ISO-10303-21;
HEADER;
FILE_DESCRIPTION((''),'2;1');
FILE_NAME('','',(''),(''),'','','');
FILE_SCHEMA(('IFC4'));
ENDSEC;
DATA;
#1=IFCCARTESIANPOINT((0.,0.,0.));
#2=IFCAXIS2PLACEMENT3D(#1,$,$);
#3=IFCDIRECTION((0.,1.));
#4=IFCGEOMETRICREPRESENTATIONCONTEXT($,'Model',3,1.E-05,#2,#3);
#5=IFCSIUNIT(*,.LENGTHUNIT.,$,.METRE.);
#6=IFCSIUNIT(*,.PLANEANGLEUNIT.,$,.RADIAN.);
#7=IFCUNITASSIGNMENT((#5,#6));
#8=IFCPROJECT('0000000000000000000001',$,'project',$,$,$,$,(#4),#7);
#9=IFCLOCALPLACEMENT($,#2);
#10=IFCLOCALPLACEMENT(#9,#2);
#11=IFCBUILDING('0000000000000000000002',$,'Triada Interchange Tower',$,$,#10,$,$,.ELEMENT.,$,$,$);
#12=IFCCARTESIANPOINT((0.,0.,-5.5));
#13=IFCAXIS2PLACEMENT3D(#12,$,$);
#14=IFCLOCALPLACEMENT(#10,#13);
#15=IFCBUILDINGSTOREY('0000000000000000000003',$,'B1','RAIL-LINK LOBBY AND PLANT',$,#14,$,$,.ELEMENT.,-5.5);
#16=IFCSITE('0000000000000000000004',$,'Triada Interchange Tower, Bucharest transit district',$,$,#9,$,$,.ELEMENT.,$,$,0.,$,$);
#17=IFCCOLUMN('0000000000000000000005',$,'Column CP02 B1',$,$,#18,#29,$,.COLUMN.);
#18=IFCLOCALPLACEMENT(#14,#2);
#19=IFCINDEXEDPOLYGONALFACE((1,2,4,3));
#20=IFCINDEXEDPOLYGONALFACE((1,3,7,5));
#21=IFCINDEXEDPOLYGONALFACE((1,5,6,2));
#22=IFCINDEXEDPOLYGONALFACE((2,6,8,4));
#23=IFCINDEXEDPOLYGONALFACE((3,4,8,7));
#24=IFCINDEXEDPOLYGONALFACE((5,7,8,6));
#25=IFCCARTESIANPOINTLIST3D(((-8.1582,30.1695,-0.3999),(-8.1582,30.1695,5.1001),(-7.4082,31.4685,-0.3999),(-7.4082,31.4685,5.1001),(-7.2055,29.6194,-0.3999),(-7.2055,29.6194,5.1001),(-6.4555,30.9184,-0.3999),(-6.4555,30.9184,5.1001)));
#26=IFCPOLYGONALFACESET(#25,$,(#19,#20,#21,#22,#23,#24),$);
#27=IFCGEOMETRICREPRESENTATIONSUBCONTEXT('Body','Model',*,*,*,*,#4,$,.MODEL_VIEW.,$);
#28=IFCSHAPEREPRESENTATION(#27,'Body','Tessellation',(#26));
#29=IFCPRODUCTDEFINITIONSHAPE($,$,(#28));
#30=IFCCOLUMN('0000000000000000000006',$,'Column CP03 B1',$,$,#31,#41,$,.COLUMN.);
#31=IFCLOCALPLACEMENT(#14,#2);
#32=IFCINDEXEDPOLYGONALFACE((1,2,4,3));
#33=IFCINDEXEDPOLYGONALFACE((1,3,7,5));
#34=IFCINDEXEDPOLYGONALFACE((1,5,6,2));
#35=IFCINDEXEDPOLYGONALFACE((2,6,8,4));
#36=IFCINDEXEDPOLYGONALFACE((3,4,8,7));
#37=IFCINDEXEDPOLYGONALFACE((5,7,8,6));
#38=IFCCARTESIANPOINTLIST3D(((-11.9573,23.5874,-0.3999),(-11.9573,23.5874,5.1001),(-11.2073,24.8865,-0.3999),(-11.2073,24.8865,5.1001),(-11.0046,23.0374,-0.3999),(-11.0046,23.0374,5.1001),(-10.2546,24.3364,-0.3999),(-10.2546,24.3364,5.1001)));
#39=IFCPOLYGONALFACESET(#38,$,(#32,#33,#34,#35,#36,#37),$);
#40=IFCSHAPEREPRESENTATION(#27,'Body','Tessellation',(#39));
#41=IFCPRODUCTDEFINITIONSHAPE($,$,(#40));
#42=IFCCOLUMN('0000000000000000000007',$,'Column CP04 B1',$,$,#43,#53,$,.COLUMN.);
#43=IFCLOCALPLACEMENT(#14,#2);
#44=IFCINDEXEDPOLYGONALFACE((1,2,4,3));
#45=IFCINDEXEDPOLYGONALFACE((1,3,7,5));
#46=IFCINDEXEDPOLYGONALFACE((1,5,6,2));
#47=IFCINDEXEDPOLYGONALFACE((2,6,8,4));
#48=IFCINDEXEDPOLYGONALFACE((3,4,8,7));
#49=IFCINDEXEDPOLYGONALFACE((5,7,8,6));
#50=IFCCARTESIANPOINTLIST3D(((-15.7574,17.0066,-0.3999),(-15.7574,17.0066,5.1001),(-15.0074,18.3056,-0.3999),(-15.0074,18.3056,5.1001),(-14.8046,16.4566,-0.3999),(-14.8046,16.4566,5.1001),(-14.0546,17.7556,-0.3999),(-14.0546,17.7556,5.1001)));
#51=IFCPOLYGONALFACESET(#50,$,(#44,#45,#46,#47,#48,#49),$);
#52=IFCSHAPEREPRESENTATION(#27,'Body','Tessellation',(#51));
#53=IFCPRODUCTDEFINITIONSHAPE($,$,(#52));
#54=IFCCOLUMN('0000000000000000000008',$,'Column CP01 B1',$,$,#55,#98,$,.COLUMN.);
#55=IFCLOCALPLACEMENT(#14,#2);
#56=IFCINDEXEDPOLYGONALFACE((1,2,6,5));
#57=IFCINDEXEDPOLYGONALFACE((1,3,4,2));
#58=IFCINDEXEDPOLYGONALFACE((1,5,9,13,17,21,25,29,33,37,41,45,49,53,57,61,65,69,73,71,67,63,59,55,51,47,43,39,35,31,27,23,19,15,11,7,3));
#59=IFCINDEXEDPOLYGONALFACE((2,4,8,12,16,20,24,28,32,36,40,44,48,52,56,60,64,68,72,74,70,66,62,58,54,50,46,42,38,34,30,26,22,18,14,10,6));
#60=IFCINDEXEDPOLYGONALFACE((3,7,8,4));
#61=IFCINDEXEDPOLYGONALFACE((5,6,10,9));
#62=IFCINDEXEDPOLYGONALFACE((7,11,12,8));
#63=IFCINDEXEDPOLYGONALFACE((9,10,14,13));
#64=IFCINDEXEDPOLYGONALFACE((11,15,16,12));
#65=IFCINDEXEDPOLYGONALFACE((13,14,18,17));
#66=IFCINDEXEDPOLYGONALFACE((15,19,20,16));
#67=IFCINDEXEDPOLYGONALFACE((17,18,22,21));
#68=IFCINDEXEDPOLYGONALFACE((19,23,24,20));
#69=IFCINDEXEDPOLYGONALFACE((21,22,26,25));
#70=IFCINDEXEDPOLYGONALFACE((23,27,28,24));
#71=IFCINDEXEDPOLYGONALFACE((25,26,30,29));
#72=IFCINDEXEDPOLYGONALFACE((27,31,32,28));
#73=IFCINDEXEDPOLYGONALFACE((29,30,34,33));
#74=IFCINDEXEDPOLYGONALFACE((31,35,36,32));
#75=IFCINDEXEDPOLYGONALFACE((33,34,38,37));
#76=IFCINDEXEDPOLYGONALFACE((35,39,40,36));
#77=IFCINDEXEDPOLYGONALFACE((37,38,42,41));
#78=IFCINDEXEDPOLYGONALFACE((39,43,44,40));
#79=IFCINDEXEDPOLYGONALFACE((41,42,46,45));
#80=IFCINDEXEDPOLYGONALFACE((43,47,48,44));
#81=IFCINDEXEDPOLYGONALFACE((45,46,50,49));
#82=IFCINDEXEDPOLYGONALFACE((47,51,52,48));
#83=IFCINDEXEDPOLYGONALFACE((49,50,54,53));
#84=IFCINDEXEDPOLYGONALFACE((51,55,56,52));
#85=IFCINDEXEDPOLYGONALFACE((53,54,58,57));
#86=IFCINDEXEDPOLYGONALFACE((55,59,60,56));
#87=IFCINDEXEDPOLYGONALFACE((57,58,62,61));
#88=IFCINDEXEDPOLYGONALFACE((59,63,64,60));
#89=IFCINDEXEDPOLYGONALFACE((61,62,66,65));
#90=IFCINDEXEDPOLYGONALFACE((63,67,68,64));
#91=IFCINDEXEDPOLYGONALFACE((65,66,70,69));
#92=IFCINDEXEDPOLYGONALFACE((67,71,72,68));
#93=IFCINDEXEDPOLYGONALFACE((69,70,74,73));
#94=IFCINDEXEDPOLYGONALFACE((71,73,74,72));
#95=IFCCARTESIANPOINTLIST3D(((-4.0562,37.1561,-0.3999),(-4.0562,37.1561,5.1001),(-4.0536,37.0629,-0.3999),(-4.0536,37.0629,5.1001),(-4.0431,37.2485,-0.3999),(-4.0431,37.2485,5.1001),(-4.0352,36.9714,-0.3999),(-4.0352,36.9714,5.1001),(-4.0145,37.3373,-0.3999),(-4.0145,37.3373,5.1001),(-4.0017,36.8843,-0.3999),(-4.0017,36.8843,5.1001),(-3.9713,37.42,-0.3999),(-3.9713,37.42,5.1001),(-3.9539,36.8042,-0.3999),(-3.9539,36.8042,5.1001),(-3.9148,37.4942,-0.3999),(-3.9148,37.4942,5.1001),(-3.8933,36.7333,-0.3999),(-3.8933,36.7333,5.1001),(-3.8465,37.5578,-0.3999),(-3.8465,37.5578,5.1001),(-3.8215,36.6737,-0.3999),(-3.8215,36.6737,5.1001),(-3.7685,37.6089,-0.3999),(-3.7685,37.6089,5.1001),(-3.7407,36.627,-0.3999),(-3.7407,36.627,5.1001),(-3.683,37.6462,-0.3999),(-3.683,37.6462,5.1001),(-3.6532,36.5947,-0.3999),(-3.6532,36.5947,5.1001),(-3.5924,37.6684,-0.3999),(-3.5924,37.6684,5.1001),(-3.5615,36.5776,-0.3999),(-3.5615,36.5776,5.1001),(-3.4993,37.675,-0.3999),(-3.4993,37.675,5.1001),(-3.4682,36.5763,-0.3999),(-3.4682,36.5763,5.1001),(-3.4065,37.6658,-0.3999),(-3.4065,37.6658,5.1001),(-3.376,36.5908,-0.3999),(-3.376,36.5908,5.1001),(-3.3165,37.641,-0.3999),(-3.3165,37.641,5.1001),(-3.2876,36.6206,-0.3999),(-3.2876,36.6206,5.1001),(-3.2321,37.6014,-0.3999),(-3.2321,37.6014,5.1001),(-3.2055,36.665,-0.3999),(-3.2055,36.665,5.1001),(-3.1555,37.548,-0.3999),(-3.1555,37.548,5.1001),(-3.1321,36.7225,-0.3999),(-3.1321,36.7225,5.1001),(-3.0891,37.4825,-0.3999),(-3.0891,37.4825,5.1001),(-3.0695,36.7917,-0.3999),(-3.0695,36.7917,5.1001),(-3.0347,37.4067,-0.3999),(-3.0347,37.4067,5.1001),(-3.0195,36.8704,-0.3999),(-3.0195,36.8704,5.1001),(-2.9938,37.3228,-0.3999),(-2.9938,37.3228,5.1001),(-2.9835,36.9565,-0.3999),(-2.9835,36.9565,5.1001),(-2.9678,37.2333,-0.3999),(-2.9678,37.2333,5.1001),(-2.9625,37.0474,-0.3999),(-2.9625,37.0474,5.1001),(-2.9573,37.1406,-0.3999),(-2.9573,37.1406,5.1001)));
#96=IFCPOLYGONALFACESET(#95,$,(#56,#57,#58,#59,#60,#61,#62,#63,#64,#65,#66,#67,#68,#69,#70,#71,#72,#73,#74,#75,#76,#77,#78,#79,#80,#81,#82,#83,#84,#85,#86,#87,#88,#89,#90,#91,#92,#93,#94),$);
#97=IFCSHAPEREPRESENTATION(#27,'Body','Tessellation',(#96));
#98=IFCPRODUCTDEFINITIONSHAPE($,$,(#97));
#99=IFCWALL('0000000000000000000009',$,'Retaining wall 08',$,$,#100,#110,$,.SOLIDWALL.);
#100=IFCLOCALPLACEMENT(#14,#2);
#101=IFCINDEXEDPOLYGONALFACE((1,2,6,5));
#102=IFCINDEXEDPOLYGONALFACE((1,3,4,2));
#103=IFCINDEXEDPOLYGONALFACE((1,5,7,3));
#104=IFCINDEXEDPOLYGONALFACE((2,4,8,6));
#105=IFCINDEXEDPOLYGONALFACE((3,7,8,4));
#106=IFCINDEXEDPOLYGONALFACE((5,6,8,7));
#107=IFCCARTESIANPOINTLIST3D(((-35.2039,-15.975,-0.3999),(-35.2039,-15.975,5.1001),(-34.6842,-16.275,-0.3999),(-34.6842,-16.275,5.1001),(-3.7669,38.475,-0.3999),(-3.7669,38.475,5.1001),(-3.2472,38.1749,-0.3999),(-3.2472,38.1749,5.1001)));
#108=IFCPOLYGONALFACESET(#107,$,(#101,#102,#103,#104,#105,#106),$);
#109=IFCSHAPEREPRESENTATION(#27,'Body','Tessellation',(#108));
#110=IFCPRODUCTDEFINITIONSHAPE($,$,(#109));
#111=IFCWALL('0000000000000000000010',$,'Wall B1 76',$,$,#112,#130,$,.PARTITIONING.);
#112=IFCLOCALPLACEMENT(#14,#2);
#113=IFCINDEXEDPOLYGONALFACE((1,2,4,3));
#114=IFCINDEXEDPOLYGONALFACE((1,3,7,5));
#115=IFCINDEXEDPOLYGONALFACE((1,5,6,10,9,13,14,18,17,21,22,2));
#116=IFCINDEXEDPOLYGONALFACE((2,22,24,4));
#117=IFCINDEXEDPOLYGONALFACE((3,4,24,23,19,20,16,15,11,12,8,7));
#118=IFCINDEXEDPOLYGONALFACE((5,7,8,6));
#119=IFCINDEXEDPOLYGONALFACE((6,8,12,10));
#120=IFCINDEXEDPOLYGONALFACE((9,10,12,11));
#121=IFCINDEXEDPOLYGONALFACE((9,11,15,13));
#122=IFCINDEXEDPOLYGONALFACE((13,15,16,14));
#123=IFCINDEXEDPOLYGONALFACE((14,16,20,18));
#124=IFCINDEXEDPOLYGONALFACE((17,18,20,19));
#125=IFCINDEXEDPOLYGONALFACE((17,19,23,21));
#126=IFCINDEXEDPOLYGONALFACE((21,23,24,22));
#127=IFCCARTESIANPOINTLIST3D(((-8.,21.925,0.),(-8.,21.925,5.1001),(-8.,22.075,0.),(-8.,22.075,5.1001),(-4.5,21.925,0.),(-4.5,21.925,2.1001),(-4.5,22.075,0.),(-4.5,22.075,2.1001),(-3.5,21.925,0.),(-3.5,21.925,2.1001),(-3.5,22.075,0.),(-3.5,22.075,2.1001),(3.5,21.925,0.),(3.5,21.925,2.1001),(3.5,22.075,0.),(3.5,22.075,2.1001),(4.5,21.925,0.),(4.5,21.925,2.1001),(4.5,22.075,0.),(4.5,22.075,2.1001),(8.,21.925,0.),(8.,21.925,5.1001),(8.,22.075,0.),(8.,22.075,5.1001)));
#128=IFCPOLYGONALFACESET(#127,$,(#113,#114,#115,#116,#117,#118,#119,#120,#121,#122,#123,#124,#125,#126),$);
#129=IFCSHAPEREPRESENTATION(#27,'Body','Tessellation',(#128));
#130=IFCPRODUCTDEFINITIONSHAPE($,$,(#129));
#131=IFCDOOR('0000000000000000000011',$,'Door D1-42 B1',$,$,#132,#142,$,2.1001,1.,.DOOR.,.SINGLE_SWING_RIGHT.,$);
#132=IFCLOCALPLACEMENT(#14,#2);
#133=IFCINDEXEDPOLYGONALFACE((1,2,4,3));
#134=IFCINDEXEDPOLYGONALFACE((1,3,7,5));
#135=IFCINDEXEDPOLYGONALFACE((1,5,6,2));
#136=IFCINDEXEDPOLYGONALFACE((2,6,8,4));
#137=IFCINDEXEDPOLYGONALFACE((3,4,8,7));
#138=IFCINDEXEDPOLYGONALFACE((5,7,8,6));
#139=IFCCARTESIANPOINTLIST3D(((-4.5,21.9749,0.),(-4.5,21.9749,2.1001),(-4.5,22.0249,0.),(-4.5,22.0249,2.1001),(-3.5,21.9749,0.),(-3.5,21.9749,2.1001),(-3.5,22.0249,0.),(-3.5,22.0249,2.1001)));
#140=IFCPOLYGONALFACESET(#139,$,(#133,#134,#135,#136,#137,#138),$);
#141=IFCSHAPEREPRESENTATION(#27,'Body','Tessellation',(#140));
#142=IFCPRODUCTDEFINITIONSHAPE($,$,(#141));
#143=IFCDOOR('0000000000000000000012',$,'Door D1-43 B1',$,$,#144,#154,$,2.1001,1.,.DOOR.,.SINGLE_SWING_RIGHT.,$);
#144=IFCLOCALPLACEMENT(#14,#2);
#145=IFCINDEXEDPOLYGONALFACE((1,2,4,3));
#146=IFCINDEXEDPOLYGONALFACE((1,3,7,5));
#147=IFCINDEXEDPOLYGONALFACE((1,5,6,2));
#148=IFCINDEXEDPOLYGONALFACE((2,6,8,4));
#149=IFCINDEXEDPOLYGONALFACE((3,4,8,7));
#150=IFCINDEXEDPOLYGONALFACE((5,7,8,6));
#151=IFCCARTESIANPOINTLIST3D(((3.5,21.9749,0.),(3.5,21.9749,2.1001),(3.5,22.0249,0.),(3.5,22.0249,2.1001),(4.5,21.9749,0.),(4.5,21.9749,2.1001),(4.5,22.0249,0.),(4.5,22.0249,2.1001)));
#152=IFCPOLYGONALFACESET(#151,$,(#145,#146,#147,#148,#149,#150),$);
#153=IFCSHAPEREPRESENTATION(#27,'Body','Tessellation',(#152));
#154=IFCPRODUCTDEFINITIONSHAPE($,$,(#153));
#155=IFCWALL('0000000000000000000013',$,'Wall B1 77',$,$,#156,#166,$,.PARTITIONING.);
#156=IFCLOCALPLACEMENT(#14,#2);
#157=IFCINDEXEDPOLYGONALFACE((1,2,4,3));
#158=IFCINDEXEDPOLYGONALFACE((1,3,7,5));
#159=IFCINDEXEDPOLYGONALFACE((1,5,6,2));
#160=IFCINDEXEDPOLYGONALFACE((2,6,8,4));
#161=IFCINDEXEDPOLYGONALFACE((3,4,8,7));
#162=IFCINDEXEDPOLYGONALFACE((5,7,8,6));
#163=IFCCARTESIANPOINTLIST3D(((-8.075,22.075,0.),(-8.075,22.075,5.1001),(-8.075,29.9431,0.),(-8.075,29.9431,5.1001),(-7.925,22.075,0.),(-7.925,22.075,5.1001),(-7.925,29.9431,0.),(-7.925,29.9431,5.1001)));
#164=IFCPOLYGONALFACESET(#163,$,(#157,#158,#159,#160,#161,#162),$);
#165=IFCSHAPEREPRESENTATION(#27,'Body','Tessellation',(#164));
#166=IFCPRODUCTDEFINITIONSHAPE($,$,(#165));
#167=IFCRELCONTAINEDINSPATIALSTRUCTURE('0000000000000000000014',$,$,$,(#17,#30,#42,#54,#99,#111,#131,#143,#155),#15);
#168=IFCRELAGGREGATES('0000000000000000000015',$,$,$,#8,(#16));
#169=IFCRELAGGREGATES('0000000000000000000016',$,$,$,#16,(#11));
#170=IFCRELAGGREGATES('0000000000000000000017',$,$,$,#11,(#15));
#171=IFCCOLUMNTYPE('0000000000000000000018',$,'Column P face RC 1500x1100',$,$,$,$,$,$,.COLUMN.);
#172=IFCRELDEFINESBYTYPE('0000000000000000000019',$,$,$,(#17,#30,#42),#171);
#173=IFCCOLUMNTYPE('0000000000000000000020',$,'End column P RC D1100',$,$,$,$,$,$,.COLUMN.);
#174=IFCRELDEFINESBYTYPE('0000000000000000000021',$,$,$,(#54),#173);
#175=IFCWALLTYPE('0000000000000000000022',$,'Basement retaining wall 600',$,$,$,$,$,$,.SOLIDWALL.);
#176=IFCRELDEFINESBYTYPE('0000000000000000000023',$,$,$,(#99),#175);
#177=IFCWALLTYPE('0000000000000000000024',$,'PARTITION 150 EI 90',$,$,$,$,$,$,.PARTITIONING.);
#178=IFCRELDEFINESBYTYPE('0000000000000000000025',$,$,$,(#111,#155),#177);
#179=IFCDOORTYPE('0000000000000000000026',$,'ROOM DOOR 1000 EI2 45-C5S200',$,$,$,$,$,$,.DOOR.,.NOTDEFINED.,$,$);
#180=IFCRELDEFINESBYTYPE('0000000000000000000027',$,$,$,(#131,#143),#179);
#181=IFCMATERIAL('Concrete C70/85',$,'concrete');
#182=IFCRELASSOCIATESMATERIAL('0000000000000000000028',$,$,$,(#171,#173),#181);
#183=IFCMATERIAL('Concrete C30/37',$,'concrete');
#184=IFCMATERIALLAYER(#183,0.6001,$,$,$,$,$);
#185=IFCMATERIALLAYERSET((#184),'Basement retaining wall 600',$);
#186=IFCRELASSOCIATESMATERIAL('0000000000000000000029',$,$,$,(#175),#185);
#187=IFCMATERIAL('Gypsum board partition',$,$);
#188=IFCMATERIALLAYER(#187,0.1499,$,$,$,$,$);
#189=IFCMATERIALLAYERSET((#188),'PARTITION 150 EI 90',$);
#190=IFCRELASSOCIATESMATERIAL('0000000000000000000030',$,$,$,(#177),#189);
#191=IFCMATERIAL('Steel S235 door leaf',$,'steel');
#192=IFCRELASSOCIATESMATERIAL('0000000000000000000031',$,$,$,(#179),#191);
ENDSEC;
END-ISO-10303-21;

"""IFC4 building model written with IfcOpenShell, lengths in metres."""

from ifc_helpers import new_model, si_unit, direction, frame, frame_2d, origin, origin_2d, place, context, subcontext, project, spatial, rectangle, circle, extrude, material, layer, layer_set, material_profile, profile_set, type_object, element, fill, save


model = new_model("IFC4")

# Units and contexts
model_context = context("Model", 3, precision=1e-05, world=origin(), true_north=direction((0.0, 1.0)))
body_context = subcontext(model_context, "Body", "Model", "MODEL_VIEW")
ifc_project = project(units=[si_unit("LENGTHUNIT", "METRE"), si_unit("PLANEANGLEUNIT", "RADIAN")], contexts=[model_context])

# Site, building, storey
site_placement = place(None, origin())
site = spatial("IfcSite", under=ifc_project, at=site_placement, Name="Triada Interchange Tower, Bucharest transit district", CompositionType="ELEMENT", RefElevation=0.0)
building_placement = place(site_placement, origin())
building = spatial("IfcBuilding", under=site, at=building_placement, Name="Triada Interchange Tower", CompositionType="ELEMENT")
storey_placement = place(building_placement, frame((0.0, 0.0, -5.5)))
storey = spatial("IfcBuildingStorey", under=building, at=storey_placement, Name="B1", Description="RAIL-LINK LOBBY AND PLANT", CompositionType="ELEMENT", Elevation=-5.5)

# Shared definitions
ifc_material_1 = material(Name="Concrete C30/37", Category="concrete")

# Columns
ifc_material_2 = material(Name="Concrete C70/85", Category="concrete")
ifc_material_profile_1 = material_profile(ifc_material_2, rectangle(XDim=1.5, YDim=1.1001, at=origin_2d()), Name="RC 1500x1100")
ifc_profile_set_1 = profile_set([ifc_material_profile_1], Name="Concrete C70/85")
column_type_1 = type_object("IfcColumnType", Name="Column P face RC 1500x1100", PredefinedType="COLUMN", material=ifc_profile_set_1)
for number, where, z_axis, x_axis, name in (
    (1, (-7.3069, 30.5439, -0.3999), (0.0, 0.0, 1.0), (0.5, 0.866025, 0.0), "Column CP02 B1"),
    (2, (-11.106, 23.9619, -0.3999), (0.0, 0.0, 1.0), (0.5, 0.866025, 0.0), "Column CP03 B1"),
    (3, (-14.906, 17.3811, -0.3999), (0.0, 0.0, 1.0), (0.5, 0.866025, 0.0), "Column CP04 B1"),
):
    element("IfcColumn", number, at=place(storey_placement, frame(where, z_axis=z_axis, x_axis=x_axis)), inside=storey, type_object=column_type_1, Name=name, PredefinedType="COLUMN", context=body_context, shape_type="SweptSolid", body=[
        extrude(rectangle(XDim=1.5, YDim=1.1001, at=origin_2d()), origin(), (0.0, 0.0, 1.0), 5.5),
    ])
ifc_material_profile_2 = material_profile(ifc_material_2, circle(Radius=0.55, at=origin_2d()), Name="RC D1100")
ifc_profile_set_2 = profile_set([ifc_material_profile_2], Name="Concrete C70/85")
column_type_2 = type_object("IfcColumnType", Name="End column P RC D1100", PredefinedType="COLUMN", material=ifc_profile_set_2)
column_placement = place(storey_placement, frame((-3.5071, 37.125, -0.3999), z_axis=(0.0, 0.0, 1.0), x_axis=(0.5, 0.866025, 0.0)))
element("IfcColumn", 4, at=column_placement, inside=storey, type_object=column_type_2, Name="Column CP01 B1", PredefinedType="COLUMN", context=body_context, shape_type="SweptSolid", body=[
    extrude(circle(Radius=0.55, at=origin_2d()), origin(), (0.0, 0.0, 1.0), 5.5),
])

# Wall
ifc_layer_1 = layer(ifc_material_1, 0.6001)
ifc_layer_set_1 = layer_set([ifc_layer_1], Name="Basement retaining wall 600")
wall_type_1 = type_object("IfcWallType", Name="Basement retaining wall 600", PredefinedType="SOLIDWALL", material=ifc_layer_set_1)
wall_1_placement = place(storey_placement, frame((-3.5071, 38.325, -0.3999), z_axis=(0.0, 0.0, 1.0), x_axis=(-0.500004, -0.866023, 0.0)))
element("IfcWall", 5, at=wall_1_placement, inside=storey, type_object=wall_type_1, Name="Retaining wall 08", PredefinedType="SOLIDWALL", context=body_context, shape_type="SweptSolid", body=[
    extrude(rectangle(XDim=62.8735, YDim=0.6001, at=frame_2d((31.4368, 0.0))), origin(), (0.0, 0.0, 1.0), 5.5),
])

# Wall, openings, doors
ifc_material_3 = material(Name="Gypsum board partition")
ifc_layer_2 = layer(ifc_material_3, 0.1499)
ifc_layer_set_2 = layer_set([ifc_layer_2], Name="PARTITION 150 EI 90")
wall_type_2 = type_object("IfcWallType", Name="PARTITION 150 EI 90", PredefinedType="PARTITIONING", material=ifc_layer_set_2)
wall_2_placement = place(storey_placement, frame((-8.0, 22.0, 0.0), z_axis=(0.0, 0.0, 1.0), x_axis=(1.0, 0.0, 0.0)))
wall_2 = element("IfcWall", 6, at=wall_2_placement, inside=storey, type_object=wall_type_2, Name="Wall B1 76", PredefinedType="PARTITIONING", context=body_context, shape_type="SweptSolid", body=[
    extrude(rectangle(XDim=16.0, YDim=0.1499, at=frame_2d((8.0, 0.0))), origin(), (0.0, 0.0, 1.0), 5.1001),
])
opening_1_placement = place(wall_2_placement, frame((3.5, 0.0, 0.0)))
opening_1 = element("IfcOpeningElement", 7, at=opening_1_placement, cuts=wall_2, PredefinedType="OPENING", context=body_context, shape_type="SweptSolid", body=[
    extrude(rectangle(XDim=1.0, YDim=2.1001, at=frame_2d((0.5, 1.05))), frame((0.0, 0.085, 0.0), z_axis=(0.0, -1.0, 0.0), x_axis=(1.0, 0.0, 0.0)), (0.0, 0.0, 1.0), 0.1699),
])
opening_2_placement = place(wall_2_placement, frame((11.5, 0.0, 0.0)))
opening_2 = element("IfcOpeningElement", 8, at=opening_2_placement, cuts=wall_2, PredefinedType="OPENING", context=body_context, shape_type="SweptSolid", body=[
    extrude(rectangle(XDim=1.0, YDim=2.1001, at=frame_2d((0.5, 1.05))), frame((0.0, 0.085, 0.0), z_axis=(0.0, -1.0, 0.0), x_axis=(1.0, 0.0, 0.0)), (0.0, 0.0, 1.0), 0.1699),
])
ifc_material_4 = material(Name="Steel S235 door leaf", Category="steel")
door_type = type_object("IfcDoorType", Name="ROOM DOOR 1000 EI2 45-C5S200", OperationType="NOTDEFINED", PredefinedType="DOOR", material=ifc_material_4)
door_1_placement = place(opening_1_placement, origin())
door_1 = element("IfcDoor", 9, at=door_1_placement, inside=storey, type_object=door_type, Name="Door D1-42 B1", OperationType="SINGLE_SWING_RIGHT", OverallHeight=2.1001, OverallWidth=1.0, PredefinedType="DOOR", context=body_context, shape_type="SweptSolid", body=[
    extrude(rectangle(XDim=1.0, YDim=2.1001, at=frame_2d((0.5, 1.05))), frame((0.0, 0.0249, 0.0), z_axis=(0.0, -1.0, 0.0), x_axis=(1.0, 0.0, 0.0)), (0.0, 0.0, 1.0), 0.05),
])
fill(opening_1, door_1)
door_2_placement = place(opening_2_placement, origin())
door_2 = element("IfcDoor", 10, at=door_2_placement, inside=storey, type_object=door_type, Name="Door D1-43 B1", OperationType="SINGLE_SWING_RIGHT", OverallHeight=2.1001, OverallWidth=1.0, PredefinedType="DOOR", context=body_context, shape_type="SweptSolid", body=[
    extrude(rectangle(XDim=1.0, YDim=2.1001, at=frame_2d((0.5, 1.05))), frame((0.0, 0.0249, 0.0), z_axis=(0.0, -1.0, 0.0), x_axis=(1.0, 0.0, 0.0)), (0.0, 0.0, 1.0), 0.05),
])
fill(opening_2, door_2)

# Wall
wall_3_placement = place(storey_placement, frame((-8.0, 22.075, 0.0), z_axis=(0.0, 0.0, 1.0), x_axis=(0.0, 1.0, 0.0)))
element("IfcWall", 11, at=wall_3_placement, inside=storey, type_object=wall_type_2, Name="Wall B1 77", PredefinedType="PARTITIONING", context=body_context, shape_type="SweptSolid", body=[
    extrude(rectangle(XDim=7.8682, YDim=0.1499, at=frame_2d((3.9341, 0.0))), origin(), (0.0, 0.0, 1.0), 5.1001),
])

save(model, "model.ifc")
